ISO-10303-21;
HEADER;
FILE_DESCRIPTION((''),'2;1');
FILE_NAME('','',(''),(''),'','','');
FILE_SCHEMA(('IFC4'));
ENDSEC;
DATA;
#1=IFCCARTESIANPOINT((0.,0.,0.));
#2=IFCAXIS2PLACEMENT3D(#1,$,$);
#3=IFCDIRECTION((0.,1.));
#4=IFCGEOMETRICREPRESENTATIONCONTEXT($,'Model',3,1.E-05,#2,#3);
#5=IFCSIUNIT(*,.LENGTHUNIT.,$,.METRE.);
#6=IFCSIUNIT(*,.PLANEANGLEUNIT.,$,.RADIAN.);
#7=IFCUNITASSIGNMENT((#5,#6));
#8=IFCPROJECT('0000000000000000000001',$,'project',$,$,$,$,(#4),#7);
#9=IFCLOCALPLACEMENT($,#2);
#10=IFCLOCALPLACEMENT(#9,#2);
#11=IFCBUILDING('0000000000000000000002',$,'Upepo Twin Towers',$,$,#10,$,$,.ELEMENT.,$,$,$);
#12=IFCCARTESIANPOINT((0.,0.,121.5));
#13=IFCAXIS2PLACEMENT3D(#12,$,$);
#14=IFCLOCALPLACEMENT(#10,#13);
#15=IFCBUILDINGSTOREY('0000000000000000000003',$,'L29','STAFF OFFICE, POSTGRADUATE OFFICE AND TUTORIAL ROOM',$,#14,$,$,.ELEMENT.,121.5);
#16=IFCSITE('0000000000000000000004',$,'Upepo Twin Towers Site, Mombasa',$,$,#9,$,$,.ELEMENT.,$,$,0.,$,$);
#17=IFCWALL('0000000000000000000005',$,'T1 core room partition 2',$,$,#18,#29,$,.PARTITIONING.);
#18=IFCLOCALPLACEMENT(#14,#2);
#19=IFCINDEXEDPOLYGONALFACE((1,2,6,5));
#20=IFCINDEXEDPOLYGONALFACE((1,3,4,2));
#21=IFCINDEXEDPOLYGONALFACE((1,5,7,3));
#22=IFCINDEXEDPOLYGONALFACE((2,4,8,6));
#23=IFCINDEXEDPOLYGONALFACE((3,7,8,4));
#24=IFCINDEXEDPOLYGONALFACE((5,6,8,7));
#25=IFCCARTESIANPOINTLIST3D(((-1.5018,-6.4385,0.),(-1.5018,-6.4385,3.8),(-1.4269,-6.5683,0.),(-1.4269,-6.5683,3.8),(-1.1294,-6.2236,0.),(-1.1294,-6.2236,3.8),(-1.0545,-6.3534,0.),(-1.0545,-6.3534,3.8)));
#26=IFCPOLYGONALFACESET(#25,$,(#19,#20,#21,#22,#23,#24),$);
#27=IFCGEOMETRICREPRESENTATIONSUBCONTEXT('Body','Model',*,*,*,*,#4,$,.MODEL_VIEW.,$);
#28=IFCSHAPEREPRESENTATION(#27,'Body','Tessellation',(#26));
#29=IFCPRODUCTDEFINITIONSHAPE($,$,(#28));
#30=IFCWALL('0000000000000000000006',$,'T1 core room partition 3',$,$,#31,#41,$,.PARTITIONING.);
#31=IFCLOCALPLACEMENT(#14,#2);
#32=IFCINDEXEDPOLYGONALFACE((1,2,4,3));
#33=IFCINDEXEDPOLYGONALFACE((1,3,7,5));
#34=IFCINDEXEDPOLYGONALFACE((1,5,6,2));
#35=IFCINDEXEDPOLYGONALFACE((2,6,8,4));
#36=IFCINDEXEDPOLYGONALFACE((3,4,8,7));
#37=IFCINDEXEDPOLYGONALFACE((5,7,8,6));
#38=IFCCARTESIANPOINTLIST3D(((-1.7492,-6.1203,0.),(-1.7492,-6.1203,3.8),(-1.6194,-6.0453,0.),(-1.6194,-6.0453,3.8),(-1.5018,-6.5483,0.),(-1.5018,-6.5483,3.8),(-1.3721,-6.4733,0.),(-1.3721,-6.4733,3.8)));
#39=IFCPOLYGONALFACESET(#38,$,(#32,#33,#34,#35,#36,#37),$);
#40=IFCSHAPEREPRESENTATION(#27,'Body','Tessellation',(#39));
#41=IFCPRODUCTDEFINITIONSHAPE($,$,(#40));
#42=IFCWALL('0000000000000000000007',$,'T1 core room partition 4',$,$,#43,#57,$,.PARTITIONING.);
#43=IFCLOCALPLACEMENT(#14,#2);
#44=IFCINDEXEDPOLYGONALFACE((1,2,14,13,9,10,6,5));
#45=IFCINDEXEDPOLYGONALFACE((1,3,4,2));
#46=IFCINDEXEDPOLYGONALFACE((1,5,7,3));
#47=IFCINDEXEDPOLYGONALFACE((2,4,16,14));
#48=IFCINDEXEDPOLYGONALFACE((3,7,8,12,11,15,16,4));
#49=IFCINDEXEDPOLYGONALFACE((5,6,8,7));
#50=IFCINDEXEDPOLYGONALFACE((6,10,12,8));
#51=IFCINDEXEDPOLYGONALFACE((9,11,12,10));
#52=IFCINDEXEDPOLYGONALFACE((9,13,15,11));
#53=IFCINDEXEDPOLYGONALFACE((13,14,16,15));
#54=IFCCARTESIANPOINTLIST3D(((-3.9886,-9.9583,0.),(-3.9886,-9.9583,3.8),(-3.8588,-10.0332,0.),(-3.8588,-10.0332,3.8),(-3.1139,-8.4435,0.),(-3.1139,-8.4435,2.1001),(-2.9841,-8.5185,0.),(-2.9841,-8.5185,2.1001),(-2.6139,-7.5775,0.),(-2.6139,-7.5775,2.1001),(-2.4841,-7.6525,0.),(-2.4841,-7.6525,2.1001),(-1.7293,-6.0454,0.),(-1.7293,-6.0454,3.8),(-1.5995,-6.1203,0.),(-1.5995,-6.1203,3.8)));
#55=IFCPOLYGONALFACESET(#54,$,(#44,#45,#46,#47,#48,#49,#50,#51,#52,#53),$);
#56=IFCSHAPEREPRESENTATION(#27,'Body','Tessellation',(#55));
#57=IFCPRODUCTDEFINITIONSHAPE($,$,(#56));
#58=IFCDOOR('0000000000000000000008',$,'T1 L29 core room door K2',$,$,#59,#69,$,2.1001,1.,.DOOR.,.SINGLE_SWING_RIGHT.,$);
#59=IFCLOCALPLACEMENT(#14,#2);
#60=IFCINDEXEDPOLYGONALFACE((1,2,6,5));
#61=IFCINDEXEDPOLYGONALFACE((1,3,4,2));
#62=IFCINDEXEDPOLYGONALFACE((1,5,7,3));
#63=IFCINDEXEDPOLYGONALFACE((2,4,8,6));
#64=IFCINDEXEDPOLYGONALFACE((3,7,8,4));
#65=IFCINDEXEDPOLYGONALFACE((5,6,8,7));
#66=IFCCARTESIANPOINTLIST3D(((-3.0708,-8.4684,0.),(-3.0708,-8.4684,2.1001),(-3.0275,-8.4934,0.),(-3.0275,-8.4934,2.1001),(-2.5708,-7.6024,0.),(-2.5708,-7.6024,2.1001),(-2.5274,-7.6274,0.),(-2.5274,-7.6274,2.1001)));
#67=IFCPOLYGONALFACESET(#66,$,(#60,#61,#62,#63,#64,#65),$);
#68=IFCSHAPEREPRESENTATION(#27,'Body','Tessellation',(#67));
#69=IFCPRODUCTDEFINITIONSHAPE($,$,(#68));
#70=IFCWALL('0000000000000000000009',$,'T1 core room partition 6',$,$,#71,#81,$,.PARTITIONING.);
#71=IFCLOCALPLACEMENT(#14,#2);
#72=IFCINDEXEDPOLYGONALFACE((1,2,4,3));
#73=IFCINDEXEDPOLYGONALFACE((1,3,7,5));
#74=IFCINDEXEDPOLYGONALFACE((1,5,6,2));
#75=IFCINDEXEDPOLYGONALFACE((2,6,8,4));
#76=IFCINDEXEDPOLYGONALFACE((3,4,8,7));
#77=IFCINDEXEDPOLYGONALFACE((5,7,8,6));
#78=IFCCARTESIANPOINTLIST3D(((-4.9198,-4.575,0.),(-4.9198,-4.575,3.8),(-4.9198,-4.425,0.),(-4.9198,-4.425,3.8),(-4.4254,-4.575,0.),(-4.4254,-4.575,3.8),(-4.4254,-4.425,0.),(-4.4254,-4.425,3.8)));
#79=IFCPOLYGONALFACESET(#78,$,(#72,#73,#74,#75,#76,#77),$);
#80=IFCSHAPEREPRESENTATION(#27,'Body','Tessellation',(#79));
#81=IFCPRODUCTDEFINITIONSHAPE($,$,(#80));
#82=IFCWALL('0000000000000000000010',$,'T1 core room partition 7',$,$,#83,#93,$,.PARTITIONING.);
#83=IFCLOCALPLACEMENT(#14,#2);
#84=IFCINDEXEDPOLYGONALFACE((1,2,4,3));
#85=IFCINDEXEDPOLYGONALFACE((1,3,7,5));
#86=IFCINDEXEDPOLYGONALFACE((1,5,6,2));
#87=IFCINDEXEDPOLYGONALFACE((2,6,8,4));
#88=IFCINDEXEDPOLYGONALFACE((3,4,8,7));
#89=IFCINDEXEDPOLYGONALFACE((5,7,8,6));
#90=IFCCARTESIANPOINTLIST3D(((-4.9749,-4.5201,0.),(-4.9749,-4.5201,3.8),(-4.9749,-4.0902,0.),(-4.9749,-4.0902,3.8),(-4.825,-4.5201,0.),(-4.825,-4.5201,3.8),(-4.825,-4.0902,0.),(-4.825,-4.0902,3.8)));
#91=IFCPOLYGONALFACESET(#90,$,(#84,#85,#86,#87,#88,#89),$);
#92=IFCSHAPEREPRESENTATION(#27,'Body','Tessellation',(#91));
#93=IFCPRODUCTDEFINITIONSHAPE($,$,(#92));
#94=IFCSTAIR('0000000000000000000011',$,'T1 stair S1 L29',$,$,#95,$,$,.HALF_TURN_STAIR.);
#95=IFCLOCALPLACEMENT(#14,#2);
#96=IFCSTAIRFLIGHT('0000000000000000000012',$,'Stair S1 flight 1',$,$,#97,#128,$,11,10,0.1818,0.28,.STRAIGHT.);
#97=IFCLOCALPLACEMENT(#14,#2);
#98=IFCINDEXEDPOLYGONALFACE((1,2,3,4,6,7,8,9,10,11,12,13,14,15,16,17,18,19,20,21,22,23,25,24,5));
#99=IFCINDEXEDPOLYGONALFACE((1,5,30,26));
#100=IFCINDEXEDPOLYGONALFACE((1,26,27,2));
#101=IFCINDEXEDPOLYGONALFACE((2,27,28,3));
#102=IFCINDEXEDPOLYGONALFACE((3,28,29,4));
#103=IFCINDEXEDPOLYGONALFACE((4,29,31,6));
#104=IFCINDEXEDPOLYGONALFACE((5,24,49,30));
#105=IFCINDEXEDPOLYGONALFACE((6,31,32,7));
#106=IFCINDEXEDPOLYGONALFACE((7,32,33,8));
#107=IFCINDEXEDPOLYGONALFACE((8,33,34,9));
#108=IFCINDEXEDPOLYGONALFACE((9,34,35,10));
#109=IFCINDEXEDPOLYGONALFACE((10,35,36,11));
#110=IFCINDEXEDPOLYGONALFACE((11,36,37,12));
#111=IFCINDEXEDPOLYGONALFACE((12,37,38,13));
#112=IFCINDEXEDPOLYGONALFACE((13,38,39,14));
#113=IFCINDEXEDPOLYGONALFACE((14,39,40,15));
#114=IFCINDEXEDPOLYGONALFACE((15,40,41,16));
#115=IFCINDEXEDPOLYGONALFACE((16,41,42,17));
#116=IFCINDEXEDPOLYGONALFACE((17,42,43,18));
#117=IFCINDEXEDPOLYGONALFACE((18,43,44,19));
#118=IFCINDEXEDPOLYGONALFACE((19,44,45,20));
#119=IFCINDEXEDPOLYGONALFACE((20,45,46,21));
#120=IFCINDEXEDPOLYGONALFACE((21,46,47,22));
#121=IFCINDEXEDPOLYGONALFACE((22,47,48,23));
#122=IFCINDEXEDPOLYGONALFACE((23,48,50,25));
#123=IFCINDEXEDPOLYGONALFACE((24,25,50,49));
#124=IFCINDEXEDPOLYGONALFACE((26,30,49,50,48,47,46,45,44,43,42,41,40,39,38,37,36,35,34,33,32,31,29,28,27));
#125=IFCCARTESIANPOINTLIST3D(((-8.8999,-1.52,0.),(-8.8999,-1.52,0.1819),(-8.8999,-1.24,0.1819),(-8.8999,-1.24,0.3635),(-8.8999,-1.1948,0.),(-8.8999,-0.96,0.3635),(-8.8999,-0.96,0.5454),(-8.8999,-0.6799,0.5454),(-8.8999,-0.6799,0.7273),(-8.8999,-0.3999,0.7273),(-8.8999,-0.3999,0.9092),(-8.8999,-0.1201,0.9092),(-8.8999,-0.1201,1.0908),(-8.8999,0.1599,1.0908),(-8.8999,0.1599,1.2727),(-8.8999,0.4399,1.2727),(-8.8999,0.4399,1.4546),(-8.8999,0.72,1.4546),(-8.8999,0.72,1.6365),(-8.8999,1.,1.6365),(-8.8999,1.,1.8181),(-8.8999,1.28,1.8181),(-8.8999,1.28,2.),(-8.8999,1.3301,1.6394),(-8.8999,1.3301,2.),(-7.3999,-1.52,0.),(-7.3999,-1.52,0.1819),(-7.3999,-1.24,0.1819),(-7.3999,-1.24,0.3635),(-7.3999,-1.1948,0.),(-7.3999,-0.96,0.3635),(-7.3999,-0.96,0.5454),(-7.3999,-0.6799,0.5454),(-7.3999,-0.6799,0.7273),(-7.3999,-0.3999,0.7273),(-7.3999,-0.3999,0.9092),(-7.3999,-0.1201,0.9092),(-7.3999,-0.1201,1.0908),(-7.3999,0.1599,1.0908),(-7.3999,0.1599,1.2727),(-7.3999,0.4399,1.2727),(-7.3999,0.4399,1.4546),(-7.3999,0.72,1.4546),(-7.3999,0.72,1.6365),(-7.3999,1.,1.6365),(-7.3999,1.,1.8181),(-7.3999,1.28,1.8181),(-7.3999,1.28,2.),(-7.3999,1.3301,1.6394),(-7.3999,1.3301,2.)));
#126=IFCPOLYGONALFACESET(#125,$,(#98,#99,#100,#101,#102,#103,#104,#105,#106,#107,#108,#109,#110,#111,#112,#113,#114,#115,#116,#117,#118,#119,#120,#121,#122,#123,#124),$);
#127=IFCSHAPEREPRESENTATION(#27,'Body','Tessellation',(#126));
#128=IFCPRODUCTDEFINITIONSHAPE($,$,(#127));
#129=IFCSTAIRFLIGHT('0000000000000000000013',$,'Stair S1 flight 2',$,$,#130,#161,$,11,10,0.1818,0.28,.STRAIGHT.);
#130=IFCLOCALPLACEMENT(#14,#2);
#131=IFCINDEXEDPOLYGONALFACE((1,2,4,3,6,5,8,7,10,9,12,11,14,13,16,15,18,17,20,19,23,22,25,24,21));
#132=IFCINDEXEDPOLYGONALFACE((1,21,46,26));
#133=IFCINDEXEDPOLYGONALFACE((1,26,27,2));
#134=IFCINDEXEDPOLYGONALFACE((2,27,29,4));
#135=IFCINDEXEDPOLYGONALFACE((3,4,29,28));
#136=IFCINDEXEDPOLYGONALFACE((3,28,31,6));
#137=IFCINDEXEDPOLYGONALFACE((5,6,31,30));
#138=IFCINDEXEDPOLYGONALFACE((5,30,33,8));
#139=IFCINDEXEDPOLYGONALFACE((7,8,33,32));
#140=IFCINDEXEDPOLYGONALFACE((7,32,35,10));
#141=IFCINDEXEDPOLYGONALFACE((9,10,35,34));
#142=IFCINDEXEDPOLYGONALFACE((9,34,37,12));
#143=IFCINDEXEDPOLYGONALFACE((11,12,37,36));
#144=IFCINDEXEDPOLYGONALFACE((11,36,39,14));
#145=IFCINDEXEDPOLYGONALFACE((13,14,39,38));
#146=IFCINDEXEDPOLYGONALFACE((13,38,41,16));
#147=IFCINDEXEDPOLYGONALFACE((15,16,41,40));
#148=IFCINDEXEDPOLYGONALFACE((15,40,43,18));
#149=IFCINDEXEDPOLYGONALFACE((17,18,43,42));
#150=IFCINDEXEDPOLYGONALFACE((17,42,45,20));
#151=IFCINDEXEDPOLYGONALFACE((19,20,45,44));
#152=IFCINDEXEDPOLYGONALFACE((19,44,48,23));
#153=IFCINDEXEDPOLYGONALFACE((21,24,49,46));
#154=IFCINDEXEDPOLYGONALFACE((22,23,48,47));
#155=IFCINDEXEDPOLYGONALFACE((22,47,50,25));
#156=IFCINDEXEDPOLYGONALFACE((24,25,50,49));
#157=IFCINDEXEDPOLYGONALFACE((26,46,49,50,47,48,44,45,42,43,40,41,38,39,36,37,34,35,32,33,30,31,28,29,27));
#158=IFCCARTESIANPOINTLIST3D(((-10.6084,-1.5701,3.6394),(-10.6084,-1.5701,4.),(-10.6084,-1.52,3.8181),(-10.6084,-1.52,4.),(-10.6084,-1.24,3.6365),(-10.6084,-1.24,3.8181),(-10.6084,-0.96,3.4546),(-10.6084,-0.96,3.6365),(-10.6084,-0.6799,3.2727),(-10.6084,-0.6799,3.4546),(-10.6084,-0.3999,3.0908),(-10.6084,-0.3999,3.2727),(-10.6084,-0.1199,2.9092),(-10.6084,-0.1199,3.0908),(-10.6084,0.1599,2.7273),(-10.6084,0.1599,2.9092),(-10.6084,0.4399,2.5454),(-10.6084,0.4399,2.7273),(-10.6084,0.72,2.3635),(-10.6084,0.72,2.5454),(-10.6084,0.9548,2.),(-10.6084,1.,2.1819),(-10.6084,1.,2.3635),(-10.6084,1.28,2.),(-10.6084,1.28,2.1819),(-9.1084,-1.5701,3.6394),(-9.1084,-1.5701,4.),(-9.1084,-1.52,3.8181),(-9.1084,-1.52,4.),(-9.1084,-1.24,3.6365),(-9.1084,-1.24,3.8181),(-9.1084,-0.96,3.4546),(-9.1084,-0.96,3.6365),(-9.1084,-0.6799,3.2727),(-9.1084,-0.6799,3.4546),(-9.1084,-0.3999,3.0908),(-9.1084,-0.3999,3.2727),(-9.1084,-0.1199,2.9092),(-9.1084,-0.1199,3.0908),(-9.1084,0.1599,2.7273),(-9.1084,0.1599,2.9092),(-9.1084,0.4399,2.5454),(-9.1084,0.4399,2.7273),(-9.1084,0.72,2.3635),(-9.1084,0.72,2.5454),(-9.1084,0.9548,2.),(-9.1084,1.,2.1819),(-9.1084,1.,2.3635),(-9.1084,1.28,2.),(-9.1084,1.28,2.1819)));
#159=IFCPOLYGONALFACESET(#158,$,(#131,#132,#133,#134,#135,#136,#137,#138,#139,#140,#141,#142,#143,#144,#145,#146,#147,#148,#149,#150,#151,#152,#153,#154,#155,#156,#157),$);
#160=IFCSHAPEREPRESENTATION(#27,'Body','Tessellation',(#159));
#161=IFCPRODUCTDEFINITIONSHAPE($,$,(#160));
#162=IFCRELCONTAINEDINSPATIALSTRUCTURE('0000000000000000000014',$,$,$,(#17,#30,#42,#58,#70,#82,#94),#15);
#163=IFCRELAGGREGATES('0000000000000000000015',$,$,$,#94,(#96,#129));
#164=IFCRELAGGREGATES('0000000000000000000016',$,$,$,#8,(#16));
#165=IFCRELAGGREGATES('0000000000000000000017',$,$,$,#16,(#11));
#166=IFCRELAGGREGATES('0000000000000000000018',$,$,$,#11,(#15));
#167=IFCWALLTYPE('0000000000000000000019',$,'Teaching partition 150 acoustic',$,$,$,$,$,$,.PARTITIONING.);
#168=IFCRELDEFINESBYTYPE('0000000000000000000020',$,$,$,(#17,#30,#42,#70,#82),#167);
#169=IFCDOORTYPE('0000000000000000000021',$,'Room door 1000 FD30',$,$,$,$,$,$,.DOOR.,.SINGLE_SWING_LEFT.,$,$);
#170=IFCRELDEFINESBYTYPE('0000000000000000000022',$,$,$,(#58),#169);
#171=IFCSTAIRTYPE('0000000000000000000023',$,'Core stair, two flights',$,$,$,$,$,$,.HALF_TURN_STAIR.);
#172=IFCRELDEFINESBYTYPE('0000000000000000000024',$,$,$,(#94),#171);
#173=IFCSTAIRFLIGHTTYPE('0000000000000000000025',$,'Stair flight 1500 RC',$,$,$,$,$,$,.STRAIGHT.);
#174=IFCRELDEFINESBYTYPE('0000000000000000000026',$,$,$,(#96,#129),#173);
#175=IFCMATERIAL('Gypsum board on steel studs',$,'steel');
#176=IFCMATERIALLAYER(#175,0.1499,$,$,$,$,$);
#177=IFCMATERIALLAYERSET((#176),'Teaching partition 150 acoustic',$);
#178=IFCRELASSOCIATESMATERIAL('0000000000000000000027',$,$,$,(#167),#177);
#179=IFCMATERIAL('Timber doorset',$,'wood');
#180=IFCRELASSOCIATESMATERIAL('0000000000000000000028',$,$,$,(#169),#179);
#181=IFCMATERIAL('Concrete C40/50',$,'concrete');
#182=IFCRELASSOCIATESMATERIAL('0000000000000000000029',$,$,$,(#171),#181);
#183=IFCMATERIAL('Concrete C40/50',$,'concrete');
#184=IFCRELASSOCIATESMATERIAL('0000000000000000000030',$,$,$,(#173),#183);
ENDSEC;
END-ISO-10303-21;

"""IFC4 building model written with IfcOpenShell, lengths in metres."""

from ifc_helpers import new_model, si_unit, direction, frame, frame_2d, origin, place, context, subcontext, project, spatial, polyline, rectangle, outline, extrude, material, layer, layer_set, type_object, element, fill, aggregate, save


model = new_model("IFC4")

# Units and contexts
model_context = context("Model", 3, precision=1e-05, world=origin(), true_north=direction((0.0, 1.0)))
body_context = subcontext(model_context, "Body", "Model", "MODEL_VIEW")
ifc_project = project(units=[si_unit("LENGTHUNIT", "METRE"), si_unit("PLANEANGLEUNIT", "RADIAN")], contexts=[model_context])

# Site, building, storey
site_placement = place(None, origin())
site = spatial("IfcSite", under=ifc_project, at=site_placement, Name="Upepo Twin Towers Site, Mombasa", CompositionType="ELEMENT", RefElevation=0.0)
building_placement = place(site_placement, origin())
building = spatial("IfcBuilding", under=site, at=building_placement, Name="Upepo Twin Towers", CompositionType="ELEMENT")
storey_placement = place(building_placement, frame((0.0, 0.0, 121.5)))
storey = spatial("IfcBuildingStorey", under=building, at=storey_placement, Name="L29", Description="STAFF OFFICE, POSTGRADUATE OFFICE AND TUTORIAL ROOM", CompositionType="ELEMENT", Elevation=121.5)

# Walls
ifc_material_1 = material(Name="Gypsum board on steel studs", Category="steel")
ifc_layer_1 = layer(ifc_material_1, 0.1499)
ifc_layer_set_1 = layer_set([ifc_layer_1], Name="Teaching partition 150 acoustic")
wall_type_1 = type_object("IfcWallType", Name="Teaching partition 150 acoustic", PredefinedType="PARTITIONING", material=ifc_layer_set_1)
wall_1_placement = place(storey_placement, frame((-1.092, -6.2886, 0.0), z_axis=(0.0, 0.0, 1.0), x_axis=(-0.866138, -0.499804, 0.0)))
element("IfcWall", 1, at=wall_1_placement, inside=storey, type_object=wall_type_1, Name="T1 core room partition 2", PredefinedType="PARTITIONING", context=body_context, shape_type="SweptSolid", body=[
    extrude(rectangle(XDim=0.4299, YDim=0.1499, at=frame_2d((0.2148, 0.0))), origin(), (0.0, 0.0, 1.0), 3.8),
])
wall_2_placement = place(storey_placement, frame((-1.437, -6.5107, 0.0), z_axis=(0.0, 0.0, 1.0), x_axis=(-0.500335, 0.865832, 0.0)))
element("IfcWall", 2, at=wall_2_placement, inside=storey, type_object=wall_type_1, Name="T1 core room partition 3", PredefinedType="PARTITIONING", context=body_context, shape_type="SweptSolid", body=[
    extrude(rectangle(XDim=0.4944, YDim=0.1499, at=frame_2d((0.2471, 0.0))), origin(), (0.0, 0.0, 1.0), 3.8),
])

# Wall, opening, door
wall_3_placement = place(storey_placement, frame((-1.6643, -6.0828, 0.0), z_axis=(0.0, 0.0, 1.0), x_axis=(-0.500033, -0.866007, 0.0)))
wall_3 = element("IfcWall", 3, at=wall_3_placement, inside=storey, type_object=wall_type_1, Name="T1 core room partition 4", PredefinedType="PARTITIONING", context=body_context, shape_type="SweptSolid", body=[
    extrude(rectangle(XDim=4.5183, YDim=0.1499, at=frame_2d((2.2593, 0.0))), origin(), (0.0, 0.0, 1.0), 3.8),
])
opening_1_placement = place(wall_3_placement, frame((1.7693, 0.0, 0.0)))
opening_1 = element("IfcOpeningElement", 4, at=opening_1_placement, cuts=wall_3, PredefinedType="OPENING", context=body_context, shape_type="SweptSolid", body=[
    extrude(rectangle(XDim=1.0, YDim=2.1001, at=frame_2d((0.5, 1.05))), frame((0.0, 0.085, 0.0), z_axis=(0.0, -1.0, 0.0), x_axis=(1.0, 0.0, 0.0)), (0.0, 0.0, 1.0), 0.1699),
])
ifc_material_2 = material(Name="Timber doorset", Category="wood")
door_type_1 = type_object("IfcDoorType", Name="Room door 1000 FD30", OperationType="SINGLE_SWING_LEFT", PredefinedType="DOOR", material=ifc_material_2)
door_1_placement = place(opening_1_placement, origin())
door_1 = element("IfcDoor", 5, at=door_1_placement, inside=storey, type_object=door_type_1, Name="T1 L29 core room door K2", OperationType="SINGLE_SWING_RIGHT", OverallHeight=2.1001, OverallWidth=1.0, PredefinedType="DOOR", context=body_context, shape_type="SweptSolid", body=[
    extrude(rectangle(XDim=1.0, YDim=2.1001, at=frame_2d((0.5, 1.05))), frame((0.0, 0.0249, 0.0), z_axis=(0.0, -1.0, 0.0), x_axis=(1.0, 0.0, 0.0)), (0.0, 0.0, 1.0), 0.05),
])
fill(opening_1, door_1)

# Walls
wall_4_placement = place(storey_placement, frame((-4.4255, -4.5, 0.0), z_axis=(0.0, 0.0, 1.0), x_axis=(-1.0, 0.0, 0.0)))
element("IfcWall", 6, at=wall_4_placement, inside=storey, type_object=wall_type_1, Name="T1 core room partition 6", PredefinedType="PARTITIONING", context=body_context, shape_type="SweptSolid", body=[
    extrude(rectangle(XDim=0.4944, YDim=0.1499, at=frame_2d((0.2471, 0.0))), origin(), (0.0, 0.0, 1.0), 3.8),
])
wall_5_placement = place(storey_placement, frame((-4.8999, -4.52, 0.0), z_axis=(0.0, 0.0, 1.0), x_axis=(0.0, 1.0, 0.0)))
element("IfcWall", 7, at=wall_5_placement, inside=storey, type_object=wall_type_1, Name="T1 core room partition 7", PredefinedType="PARTITIONING", context=body_context, shape_type="SweptSolid", body=[
    extrude(rectangle(XDim=0.4299, YDim=0.1499, at=frame_2d((0.2148, 0.0))), origin(), (0.0, 0.0, 1.0), 3.8),
])

# Stair, stair flights
ifc_material_3 = material(Name="Concrete C40/50", Category="concrete")
stair_type = type_object("IfcStairType", Name="Core stair, two flights", PredefinedType="HALF_TURN_STAIR", material=ifc_material_3)
stair_placement = place(storey_placement, origin())
stair = element("IfcStair", 8, at=stair_placement, inside=storey, type_object=stair_type, Name="T1 stair S1 L29", PredefinedType="HALF_TURN_STAIR")
ifc_material_4 = material(Name="Concrete C40/50", Category="concrete")
stair_flight_type = type_object("IfcStairFlightType", Name="Stair flight 1500 RC", PredefinedType="STRAIGHT", material=ifc_material_4)
stair_flight_1_placement = place(storey_placement, frame((-8.1499, -1.52, 0.0), z_axis=(0.0, 0.0, 1.0), x_axis=(0.0, 1.0, 0.0)))
stair_flight_1 = element("IfcStairFlight", 9, at=stair_flight_1_placement, type_object=stair_flight_type, Name="Stair S1 flight 1", NumberOfRisers=11, NumberOfTreads=10, PredefinedType="STRAIGHT", RiserHeight=0.1818, TreadLength=0.28, context=body_context, shape_type="SweptSolid", body=[
    extrude(outline(polyline([(0.0, 0.0), (0.0, 0.1819), (0.28, 0.1819), (0.28, 0.3635), (0.5601, 0.3635), (0.5601, 0.5454), (0.8401, 0.5454), (0.8401, 0.7273), (1.1201, 0.7273), (1.1201, 0.9092), (1.3999, 0.9092), (1.3999, 1.0908), (1.6799, 1.0908), (1.6799, 1.2727), (1.96, 1.2727), (1.96, 1.4546), (2.24, 1.4546), (2.24, 1.6365), (2.52, 1.6365), (2.52, 1.8181), (2.8, 1.8181), (2.8, 2.0), (2.8501, 2.0), (2.8501, 1.6394), (0.3252, 0.0), (0.0, 0.0)])), frame((0.0, 0.75, 0.0), z_axis=(0.0, -1.0, 0.0), x_axis=(1.0, 0.0, 0.0)), (0.0, 0.0, 1.0), 1.5),
])
stair_flight_2_placement = place(storey_placement, frame((-9.8584, 1.28, 2.0), z_axis=(0.0, 0.0, 1.0), x_axis=(0.0, -1.0, 0.0)))
stair_flight_2 = element("IfcStairFlight", 10, at=stair_flight_2_placement, type_object=stair_flight_type, Name="Stair S1 flight 2", NumberOfRisers=11, NumberOfTreads=10, PredefinedType="STRAIGHT", RiserHeight=0.1818, TreadLength=0.28, context=body_context, shape_type="SweptSolid", body=[
    extrude(outline(polyline([(0.0, 0.0), (0.0, 0.1819), (0.28, 0.1819), (0.28, 0.3635), (0.5601, 0.3635), (0.5601, 0.5454), (0.8401, 0.5454), (0.8401, 0.7273), (1.1201, 0.7273), (1.1201, 0.9092), (1.3999, 0.9092), (1.3999, 1.0908), (1.6799, 1.0908), (1.6799, 1.2727), (1.96, 1.2727), (1.96, 1.4546), (2.24, 1.4546), (2.24, 1.6365), (2.52, 1.6365), (2.52, 1.8181), (2.8, 1.8181), (2.8, 2.0), (2.8501, 2.0), (2.8501, 1.6394), (0.3252, 0.0), (0.0, 0.0)])), frame((0.0, 0.75, 0.0), z_axis=(0.0, -1.0, 0.0), x_axis=(1.0, 0.0, 0.0)), (0.0, 0.0, 1.0), 1.5),
])
aggregate(stair, [stair_flight_1, stair_flight_2])

save(model, "model.ifc")
